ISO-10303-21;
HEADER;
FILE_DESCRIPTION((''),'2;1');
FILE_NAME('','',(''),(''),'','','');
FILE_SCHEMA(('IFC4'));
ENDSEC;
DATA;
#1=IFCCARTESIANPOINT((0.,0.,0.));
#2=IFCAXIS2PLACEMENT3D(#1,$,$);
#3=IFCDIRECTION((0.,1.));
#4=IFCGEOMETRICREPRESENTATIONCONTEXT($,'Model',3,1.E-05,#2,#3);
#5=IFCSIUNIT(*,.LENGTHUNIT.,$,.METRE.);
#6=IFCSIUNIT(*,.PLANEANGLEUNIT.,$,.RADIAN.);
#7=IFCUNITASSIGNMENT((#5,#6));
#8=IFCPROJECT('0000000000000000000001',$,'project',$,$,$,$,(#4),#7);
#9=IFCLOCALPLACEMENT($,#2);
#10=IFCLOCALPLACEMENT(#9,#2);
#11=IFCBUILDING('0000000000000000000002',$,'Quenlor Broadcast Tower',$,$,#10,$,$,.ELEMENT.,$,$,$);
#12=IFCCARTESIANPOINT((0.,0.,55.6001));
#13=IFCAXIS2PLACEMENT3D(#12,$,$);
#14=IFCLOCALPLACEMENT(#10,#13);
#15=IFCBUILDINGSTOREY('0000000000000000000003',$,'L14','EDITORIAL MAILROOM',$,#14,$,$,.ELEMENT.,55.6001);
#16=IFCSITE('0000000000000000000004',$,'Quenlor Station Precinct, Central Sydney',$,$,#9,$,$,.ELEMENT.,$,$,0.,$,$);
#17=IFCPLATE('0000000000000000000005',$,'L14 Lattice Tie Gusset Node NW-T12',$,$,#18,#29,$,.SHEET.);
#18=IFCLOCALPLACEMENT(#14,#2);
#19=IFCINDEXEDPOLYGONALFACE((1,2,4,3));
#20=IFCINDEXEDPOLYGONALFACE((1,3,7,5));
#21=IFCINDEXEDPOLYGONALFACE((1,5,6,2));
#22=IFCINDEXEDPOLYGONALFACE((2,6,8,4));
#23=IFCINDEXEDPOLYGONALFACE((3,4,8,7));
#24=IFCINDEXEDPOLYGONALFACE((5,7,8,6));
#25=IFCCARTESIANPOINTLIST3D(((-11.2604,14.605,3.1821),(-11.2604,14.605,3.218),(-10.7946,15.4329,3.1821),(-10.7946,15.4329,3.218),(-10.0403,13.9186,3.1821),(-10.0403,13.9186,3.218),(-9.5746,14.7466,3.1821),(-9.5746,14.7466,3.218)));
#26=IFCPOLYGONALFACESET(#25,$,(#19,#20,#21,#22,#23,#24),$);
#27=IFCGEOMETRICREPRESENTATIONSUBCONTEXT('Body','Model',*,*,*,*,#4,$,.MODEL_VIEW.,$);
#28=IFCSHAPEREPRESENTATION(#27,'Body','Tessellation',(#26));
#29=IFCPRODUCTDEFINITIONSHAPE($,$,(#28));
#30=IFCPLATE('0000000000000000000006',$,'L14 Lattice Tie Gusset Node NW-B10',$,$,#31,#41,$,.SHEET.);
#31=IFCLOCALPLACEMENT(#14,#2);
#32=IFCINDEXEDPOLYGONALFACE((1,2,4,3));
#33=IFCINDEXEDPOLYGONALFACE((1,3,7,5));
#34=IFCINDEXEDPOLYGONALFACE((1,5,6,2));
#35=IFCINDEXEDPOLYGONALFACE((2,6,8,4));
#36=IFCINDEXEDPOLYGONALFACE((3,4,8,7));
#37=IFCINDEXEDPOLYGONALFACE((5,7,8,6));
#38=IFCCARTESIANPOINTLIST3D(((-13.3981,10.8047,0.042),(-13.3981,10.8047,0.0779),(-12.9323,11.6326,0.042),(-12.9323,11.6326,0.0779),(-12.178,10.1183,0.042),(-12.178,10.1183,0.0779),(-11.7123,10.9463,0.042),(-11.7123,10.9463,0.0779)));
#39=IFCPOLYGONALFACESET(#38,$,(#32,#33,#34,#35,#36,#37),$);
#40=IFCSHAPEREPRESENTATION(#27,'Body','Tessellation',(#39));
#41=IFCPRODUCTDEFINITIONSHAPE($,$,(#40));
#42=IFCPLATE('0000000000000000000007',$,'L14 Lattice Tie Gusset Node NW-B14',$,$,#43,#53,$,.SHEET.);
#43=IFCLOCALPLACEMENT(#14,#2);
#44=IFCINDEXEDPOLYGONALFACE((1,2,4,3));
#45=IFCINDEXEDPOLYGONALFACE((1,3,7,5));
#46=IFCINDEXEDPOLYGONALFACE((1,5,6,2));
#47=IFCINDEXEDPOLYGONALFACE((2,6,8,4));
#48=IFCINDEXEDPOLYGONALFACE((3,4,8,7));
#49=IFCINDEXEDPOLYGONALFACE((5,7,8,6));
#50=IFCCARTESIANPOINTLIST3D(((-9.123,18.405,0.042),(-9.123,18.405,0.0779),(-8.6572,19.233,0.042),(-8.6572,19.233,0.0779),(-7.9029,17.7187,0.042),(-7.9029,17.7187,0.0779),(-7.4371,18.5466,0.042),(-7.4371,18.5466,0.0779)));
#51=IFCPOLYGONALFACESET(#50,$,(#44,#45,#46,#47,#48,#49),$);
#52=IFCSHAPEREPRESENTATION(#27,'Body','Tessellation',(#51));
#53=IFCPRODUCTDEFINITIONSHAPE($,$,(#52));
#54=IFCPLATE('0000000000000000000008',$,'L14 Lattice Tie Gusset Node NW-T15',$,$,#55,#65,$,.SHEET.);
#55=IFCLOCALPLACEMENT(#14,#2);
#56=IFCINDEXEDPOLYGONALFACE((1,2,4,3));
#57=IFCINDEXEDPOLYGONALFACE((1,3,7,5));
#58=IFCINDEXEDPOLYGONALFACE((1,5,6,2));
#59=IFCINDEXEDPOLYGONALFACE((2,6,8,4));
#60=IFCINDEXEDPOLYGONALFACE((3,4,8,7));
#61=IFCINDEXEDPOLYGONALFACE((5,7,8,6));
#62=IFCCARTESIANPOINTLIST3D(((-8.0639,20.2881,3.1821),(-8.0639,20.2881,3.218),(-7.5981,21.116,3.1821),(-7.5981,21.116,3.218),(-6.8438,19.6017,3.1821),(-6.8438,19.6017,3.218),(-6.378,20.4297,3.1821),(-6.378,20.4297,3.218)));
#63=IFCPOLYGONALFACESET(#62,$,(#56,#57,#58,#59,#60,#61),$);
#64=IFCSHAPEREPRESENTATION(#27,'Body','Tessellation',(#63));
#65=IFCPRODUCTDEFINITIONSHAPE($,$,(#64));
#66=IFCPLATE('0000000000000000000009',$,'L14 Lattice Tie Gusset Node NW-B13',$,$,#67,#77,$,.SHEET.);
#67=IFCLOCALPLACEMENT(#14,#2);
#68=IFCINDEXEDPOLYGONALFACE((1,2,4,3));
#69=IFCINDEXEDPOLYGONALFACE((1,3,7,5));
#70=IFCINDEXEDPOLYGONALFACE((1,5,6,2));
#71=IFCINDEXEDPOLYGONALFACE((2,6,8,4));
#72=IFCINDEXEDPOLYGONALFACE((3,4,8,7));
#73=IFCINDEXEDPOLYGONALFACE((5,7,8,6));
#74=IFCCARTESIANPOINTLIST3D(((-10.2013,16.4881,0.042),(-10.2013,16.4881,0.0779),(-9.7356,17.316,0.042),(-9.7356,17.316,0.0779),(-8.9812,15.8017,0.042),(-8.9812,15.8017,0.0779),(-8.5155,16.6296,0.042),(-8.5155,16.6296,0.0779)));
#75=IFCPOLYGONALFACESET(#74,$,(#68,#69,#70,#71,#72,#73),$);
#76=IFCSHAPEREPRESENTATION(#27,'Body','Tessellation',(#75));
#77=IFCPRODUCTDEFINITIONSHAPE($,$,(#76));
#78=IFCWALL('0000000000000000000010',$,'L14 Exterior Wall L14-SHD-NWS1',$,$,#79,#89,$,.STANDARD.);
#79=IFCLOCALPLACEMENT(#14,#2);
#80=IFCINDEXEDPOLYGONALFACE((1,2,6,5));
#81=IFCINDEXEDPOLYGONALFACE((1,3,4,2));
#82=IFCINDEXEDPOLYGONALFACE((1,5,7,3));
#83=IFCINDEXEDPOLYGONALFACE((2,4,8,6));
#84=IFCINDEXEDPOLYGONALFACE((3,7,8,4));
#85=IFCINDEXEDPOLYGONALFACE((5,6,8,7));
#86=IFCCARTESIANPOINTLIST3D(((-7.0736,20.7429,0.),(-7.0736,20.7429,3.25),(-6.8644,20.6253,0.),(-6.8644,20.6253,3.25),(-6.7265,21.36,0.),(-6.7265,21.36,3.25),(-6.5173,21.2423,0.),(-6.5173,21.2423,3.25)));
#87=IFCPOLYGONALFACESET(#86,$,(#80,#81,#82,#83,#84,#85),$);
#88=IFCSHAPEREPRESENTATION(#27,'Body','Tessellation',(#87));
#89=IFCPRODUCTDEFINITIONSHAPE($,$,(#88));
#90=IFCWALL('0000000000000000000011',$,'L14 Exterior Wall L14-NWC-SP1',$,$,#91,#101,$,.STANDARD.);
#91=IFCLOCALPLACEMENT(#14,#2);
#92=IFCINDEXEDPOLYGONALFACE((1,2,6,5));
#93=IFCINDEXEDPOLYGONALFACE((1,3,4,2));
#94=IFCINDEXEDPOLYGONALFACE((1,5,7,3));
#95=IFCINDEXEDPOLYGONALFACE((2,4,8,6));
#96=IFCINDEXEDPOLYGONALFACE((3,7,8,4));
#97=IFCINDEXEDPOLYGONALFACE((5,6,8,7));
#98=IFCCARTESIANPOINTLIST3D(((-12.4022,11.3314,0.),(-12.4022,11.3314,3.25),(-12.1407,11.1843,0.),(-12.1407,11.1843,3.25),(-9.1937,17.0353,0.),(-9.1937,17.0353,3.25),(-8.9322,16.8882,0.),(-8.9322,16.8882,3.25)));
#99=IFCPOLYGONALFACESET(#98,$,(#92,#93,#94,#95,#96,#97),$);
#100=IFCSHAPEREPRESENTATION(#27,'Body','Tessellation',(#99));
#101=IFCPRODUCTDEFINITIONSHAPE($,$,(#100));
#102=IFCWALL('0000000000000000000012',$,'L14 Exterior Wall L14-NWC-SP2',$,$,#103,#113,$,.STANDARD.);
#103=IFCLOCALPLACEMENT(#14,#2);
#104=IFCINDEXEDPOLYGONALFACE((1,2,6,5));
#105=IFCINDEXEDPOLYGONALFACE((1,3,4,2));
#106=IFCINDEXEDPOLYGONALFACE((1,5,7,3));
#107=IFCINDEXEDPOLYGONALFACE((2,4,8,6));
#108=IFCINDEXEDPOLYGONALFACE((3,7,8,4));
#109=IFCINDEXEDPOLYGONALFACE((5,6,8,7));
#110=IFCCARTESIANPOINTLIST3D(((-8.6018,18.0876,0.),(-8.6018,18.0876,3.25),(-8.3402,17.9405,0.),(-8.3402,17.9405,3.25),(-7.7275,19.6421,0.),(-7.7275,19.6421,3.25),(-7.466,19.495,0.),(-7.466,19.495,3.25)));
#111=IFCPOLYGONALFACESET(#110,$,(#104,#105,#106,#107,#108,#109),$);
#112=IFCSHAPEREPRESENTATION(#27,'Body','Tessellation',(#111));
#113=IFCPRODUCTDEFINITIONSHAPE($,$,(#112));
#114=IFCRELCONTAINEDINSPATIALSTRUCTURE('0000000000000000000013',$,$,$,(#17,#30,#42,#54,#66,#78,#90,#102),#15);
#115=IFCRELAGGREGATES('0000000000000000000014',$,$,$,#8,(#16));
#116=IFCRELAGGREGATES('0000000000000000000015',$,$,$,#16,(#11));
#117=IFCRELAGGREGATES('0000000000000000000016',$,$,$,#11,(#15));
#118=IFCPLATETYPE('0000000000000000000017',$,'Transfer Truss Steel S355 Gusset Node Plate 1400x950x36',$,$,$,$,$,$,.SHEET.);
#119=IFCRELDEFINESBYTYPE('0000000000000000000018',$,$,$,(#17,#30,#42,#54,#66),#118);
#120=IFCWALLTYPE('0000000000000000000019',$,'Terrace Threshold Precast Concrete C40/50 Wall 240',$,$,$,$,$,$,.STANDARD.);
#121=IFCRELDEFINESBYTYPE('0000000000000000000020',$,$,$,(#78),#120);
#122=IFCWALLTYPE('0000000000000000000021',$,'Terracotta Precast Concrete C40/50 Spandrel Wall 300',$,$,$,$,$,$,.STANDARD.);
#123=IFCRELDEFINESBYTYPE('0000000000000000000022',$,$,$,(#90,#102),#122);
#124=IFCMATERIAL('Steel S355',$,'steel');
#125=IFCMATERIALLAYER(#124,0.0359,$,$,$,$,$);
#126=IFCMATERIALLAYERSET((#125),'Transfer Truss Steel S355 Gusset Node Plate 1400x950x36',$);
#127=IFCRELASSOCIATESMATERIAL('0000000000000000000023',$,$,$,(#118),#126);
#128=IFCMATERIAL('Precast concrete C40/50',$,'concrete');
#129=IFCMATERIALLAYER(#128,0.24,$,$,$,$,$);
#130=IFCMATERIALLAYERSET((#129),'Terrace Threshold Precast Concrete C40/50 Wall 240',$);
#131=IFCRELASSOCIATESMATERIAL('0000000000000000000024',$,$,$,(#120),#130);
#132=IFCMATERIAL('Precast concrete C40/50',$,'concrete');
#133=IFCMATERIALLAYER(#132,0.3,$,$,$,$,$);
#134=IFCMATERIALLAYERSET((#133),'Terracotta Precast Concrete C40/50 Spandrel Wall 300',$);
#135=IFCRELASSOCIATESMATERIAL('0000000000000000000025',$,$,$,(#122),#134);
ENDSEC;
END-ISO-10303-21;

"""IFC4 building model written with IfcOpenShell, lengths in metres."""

from ifc_helpers import new_model, si_unit, direction, frame, frame_2d, origin, origin_2d, place, context, subcontext, project, spatial, rectangle, extrude, material, layer, layer_set, type_object, element, save


model = new_model("IFC4")

# Units and contexts
model_context = context("Model", 3, precision=1e-05, world=origin(), true_north=direction((0.0, 1.0)))
body_context = subcontext(model_context, "Body", "Model", "MODEL_VIEW")
ifc_project = project(units=[si_unit("LENGTHUNIT", "METRE"), si_unit("PLANEANGLEUNIT", "RADIAN")], contexts=[model_context])

# Site, building, storey
site_placement = place(None, origin())
site = spatial("IfcSite", under=ifc_project, at=site_placement, Name="Quenlor Station Precinct, Central Sydney", CompositionType="ELEMENT", RefElevation=0.0)
building_placement = place(site_placement, origin())
building = spatial("IfcBuilding", under=site, at=building_placement, Name="Quenlor Broadcast Tower", CompositionType="ELEMENT")
storey_placement = place(building_placement, frame((0.0, 0.0, 55.6001)))
storey = spatial("IfcBuildingStorey", under=building, at=storey_placement, Name="L14", Description="EDITORIAL MAILROOM", CompositionType="ELEMENT", Elevation=55.6001)

# Plates
ifc_material_1 = material(Name="Steel S355", Category="steel")
ifc_layer_1 = layer(ifc_material_1, 0.0359)
ifc_layer_set_1 = layer_set([ifc_layer_1], Name="Transfer Truss Steel S355 Gusset Node Plate 1400x950x36")
plate_type_1 = type_object("IfcPlateType", Name="Transfer Truss Steel S355 Gusset Node Plate 1400x950x36", PredefinedType="SHEET", material=ifc_layer_set_1)
for number, where, z_axis, x_axis, name in (
    (1, (-10.4175, 14.6758, 3.1821), (0.0, 0.0, 1.0), (-0.871556, 0.490295, 0.0), "L14 Lattice Tie Gusset Node NW-T12"),
    (2, (-12.5552, 10.8755, 0.042), (0.0, 0.0, 1.0), (-0.871556, 0.490295, 0.0), "L14 Lattice Tie Gusset Node NW-B10"),
    (3, (-8.28, 18.4758, 0.042), (0.0, 0.0, 1.0), (-0.871556, 0.490295, 0.0), "L14 Lattice Tie Gusset Node NW-B14"),
    (4, (-7.2209, 20.3589, 3.1821), (0.0, 0.0, 1.0), (-0.871556, 0.490295, 0.0), "L14 Lattice Tie Gusset Node NW-T15"),
    (5, (-9.3584, 16.5588, 0.042), (0.0, 0.0, 1.0), (-0.871556, 0.490295, 0.0), "L14 Lattice Tie Gusset Node NW-B13"),
):
    element("IfcPlate", number, at=place(storey_placement, frame(where, z_axis=z_axis, x_axis=x_axis)), inside=storey, type_object=plate_type_1, Name=name, PredefinedType="SHEET", context=body_context, shape_type="SweptSolid", body=[
        extrude(rectangle(XDim=1.3999, YDim=0.95, at=origin_2d()), origin(), (0.0, 0.0, 1.0), 0.0359),
    ])

# Walls
ifc_material_2 = material(Name="Precast concrete C40/50", Category="concrete")
ifc_layer_2 = layer(ifc_material_2, 0.24)
ifc_layer_set_2 = layer_set([ifc_layer_2], Name="Terrace Threshold Precast Concrete C40/50 Wall 240")
wall_type_1 = type_object("IfcWallType", Name="Terrace Threshold Precast Concrete C40/50 Wall 240", PredefinedType="STANDARD", material=ifc_layer_set_2)
wall_1_placement = place(storey_placement, frame((-6.969, 20.6841, 0.0), z_axis=(0.0, 0.0, 1.0), x_axis=(0.490261, 0.871576, 0.0)))
element("IfcWall", 6, at=wall_1_placement, inside=storey, type_object=wall_type_1, Name="L14 Exterior Wall L14-SHD-NWS1", PredefinedType="STANDARD", context=body_context, shape_type="SweptSolid", body=[
    extrude(rectangle(XDim=0.708, YDim=0.24, at=frame_2d((0.354, 0.0))), origin(), (0.0, 0.0, 1.0), 3.25),
])
ifc_material_3 = material(Name="Precast concrete C40/50", Category="concrete")
ifc_layer_3 = layer(ifc_material_3, 0.3)
ifc_layer_set_3 = layer_set([ifc_layer_3], Name="Terracotta Precast Concrete C40/50 Spandrel Wall 300")
wall_type_2 = type_object("IfcWallType", Name="Terracotta Precast Concrete C40/50 Spandrel Wall 300", PredefinedType="STANDARD", material=ifc_layer_set_3)
wall_2_placement = place(storey_placement, frame((-12.2715, 11.2578, 0.0), z_axis=(0.0, 0.0, 1.0), x_axis=(0.49027, 0.871571, 0.0)))
element("IfcWall", 7, at=wall_2_placement, inside=storey, type_object=wall_type_2, Name="L14 Exterior Wall L14-NWC-SP1", PredefinedType="STANDARD", context=body_context, shape_type="SweptSolid", body=[
    extrude(rectangle(XDim=6.5444, YDim=0.3, at=frame_2d((3.2722, 0.0))), origin(), (0.0, 0.0, 1.0), 3.25),
])
wall_3_placement = place(storey_placement, frame((-8.4709, 18.0142, 0.0), z_axis=(0.0, 0.0, 1.0), x_axis=(0.490216, 0.871601, 0.0)))
element("IfcWall", 8, at=wall_3_placement, inside=storey, type_object=wall_type_2, Name="L14 Exterior Wall L14-NWC-SP2", PredefinedType="STANDARD", context=body_context, shape_type="SweptSolid", body=[
    extrude(rectangle(XDim=1.7834, YDim=0.3, at=frame_2d((0.8916, 0.0))), origin(), (0.0, 0.0, 1.0), 3.25),
])

save(model, "model.ifc")
